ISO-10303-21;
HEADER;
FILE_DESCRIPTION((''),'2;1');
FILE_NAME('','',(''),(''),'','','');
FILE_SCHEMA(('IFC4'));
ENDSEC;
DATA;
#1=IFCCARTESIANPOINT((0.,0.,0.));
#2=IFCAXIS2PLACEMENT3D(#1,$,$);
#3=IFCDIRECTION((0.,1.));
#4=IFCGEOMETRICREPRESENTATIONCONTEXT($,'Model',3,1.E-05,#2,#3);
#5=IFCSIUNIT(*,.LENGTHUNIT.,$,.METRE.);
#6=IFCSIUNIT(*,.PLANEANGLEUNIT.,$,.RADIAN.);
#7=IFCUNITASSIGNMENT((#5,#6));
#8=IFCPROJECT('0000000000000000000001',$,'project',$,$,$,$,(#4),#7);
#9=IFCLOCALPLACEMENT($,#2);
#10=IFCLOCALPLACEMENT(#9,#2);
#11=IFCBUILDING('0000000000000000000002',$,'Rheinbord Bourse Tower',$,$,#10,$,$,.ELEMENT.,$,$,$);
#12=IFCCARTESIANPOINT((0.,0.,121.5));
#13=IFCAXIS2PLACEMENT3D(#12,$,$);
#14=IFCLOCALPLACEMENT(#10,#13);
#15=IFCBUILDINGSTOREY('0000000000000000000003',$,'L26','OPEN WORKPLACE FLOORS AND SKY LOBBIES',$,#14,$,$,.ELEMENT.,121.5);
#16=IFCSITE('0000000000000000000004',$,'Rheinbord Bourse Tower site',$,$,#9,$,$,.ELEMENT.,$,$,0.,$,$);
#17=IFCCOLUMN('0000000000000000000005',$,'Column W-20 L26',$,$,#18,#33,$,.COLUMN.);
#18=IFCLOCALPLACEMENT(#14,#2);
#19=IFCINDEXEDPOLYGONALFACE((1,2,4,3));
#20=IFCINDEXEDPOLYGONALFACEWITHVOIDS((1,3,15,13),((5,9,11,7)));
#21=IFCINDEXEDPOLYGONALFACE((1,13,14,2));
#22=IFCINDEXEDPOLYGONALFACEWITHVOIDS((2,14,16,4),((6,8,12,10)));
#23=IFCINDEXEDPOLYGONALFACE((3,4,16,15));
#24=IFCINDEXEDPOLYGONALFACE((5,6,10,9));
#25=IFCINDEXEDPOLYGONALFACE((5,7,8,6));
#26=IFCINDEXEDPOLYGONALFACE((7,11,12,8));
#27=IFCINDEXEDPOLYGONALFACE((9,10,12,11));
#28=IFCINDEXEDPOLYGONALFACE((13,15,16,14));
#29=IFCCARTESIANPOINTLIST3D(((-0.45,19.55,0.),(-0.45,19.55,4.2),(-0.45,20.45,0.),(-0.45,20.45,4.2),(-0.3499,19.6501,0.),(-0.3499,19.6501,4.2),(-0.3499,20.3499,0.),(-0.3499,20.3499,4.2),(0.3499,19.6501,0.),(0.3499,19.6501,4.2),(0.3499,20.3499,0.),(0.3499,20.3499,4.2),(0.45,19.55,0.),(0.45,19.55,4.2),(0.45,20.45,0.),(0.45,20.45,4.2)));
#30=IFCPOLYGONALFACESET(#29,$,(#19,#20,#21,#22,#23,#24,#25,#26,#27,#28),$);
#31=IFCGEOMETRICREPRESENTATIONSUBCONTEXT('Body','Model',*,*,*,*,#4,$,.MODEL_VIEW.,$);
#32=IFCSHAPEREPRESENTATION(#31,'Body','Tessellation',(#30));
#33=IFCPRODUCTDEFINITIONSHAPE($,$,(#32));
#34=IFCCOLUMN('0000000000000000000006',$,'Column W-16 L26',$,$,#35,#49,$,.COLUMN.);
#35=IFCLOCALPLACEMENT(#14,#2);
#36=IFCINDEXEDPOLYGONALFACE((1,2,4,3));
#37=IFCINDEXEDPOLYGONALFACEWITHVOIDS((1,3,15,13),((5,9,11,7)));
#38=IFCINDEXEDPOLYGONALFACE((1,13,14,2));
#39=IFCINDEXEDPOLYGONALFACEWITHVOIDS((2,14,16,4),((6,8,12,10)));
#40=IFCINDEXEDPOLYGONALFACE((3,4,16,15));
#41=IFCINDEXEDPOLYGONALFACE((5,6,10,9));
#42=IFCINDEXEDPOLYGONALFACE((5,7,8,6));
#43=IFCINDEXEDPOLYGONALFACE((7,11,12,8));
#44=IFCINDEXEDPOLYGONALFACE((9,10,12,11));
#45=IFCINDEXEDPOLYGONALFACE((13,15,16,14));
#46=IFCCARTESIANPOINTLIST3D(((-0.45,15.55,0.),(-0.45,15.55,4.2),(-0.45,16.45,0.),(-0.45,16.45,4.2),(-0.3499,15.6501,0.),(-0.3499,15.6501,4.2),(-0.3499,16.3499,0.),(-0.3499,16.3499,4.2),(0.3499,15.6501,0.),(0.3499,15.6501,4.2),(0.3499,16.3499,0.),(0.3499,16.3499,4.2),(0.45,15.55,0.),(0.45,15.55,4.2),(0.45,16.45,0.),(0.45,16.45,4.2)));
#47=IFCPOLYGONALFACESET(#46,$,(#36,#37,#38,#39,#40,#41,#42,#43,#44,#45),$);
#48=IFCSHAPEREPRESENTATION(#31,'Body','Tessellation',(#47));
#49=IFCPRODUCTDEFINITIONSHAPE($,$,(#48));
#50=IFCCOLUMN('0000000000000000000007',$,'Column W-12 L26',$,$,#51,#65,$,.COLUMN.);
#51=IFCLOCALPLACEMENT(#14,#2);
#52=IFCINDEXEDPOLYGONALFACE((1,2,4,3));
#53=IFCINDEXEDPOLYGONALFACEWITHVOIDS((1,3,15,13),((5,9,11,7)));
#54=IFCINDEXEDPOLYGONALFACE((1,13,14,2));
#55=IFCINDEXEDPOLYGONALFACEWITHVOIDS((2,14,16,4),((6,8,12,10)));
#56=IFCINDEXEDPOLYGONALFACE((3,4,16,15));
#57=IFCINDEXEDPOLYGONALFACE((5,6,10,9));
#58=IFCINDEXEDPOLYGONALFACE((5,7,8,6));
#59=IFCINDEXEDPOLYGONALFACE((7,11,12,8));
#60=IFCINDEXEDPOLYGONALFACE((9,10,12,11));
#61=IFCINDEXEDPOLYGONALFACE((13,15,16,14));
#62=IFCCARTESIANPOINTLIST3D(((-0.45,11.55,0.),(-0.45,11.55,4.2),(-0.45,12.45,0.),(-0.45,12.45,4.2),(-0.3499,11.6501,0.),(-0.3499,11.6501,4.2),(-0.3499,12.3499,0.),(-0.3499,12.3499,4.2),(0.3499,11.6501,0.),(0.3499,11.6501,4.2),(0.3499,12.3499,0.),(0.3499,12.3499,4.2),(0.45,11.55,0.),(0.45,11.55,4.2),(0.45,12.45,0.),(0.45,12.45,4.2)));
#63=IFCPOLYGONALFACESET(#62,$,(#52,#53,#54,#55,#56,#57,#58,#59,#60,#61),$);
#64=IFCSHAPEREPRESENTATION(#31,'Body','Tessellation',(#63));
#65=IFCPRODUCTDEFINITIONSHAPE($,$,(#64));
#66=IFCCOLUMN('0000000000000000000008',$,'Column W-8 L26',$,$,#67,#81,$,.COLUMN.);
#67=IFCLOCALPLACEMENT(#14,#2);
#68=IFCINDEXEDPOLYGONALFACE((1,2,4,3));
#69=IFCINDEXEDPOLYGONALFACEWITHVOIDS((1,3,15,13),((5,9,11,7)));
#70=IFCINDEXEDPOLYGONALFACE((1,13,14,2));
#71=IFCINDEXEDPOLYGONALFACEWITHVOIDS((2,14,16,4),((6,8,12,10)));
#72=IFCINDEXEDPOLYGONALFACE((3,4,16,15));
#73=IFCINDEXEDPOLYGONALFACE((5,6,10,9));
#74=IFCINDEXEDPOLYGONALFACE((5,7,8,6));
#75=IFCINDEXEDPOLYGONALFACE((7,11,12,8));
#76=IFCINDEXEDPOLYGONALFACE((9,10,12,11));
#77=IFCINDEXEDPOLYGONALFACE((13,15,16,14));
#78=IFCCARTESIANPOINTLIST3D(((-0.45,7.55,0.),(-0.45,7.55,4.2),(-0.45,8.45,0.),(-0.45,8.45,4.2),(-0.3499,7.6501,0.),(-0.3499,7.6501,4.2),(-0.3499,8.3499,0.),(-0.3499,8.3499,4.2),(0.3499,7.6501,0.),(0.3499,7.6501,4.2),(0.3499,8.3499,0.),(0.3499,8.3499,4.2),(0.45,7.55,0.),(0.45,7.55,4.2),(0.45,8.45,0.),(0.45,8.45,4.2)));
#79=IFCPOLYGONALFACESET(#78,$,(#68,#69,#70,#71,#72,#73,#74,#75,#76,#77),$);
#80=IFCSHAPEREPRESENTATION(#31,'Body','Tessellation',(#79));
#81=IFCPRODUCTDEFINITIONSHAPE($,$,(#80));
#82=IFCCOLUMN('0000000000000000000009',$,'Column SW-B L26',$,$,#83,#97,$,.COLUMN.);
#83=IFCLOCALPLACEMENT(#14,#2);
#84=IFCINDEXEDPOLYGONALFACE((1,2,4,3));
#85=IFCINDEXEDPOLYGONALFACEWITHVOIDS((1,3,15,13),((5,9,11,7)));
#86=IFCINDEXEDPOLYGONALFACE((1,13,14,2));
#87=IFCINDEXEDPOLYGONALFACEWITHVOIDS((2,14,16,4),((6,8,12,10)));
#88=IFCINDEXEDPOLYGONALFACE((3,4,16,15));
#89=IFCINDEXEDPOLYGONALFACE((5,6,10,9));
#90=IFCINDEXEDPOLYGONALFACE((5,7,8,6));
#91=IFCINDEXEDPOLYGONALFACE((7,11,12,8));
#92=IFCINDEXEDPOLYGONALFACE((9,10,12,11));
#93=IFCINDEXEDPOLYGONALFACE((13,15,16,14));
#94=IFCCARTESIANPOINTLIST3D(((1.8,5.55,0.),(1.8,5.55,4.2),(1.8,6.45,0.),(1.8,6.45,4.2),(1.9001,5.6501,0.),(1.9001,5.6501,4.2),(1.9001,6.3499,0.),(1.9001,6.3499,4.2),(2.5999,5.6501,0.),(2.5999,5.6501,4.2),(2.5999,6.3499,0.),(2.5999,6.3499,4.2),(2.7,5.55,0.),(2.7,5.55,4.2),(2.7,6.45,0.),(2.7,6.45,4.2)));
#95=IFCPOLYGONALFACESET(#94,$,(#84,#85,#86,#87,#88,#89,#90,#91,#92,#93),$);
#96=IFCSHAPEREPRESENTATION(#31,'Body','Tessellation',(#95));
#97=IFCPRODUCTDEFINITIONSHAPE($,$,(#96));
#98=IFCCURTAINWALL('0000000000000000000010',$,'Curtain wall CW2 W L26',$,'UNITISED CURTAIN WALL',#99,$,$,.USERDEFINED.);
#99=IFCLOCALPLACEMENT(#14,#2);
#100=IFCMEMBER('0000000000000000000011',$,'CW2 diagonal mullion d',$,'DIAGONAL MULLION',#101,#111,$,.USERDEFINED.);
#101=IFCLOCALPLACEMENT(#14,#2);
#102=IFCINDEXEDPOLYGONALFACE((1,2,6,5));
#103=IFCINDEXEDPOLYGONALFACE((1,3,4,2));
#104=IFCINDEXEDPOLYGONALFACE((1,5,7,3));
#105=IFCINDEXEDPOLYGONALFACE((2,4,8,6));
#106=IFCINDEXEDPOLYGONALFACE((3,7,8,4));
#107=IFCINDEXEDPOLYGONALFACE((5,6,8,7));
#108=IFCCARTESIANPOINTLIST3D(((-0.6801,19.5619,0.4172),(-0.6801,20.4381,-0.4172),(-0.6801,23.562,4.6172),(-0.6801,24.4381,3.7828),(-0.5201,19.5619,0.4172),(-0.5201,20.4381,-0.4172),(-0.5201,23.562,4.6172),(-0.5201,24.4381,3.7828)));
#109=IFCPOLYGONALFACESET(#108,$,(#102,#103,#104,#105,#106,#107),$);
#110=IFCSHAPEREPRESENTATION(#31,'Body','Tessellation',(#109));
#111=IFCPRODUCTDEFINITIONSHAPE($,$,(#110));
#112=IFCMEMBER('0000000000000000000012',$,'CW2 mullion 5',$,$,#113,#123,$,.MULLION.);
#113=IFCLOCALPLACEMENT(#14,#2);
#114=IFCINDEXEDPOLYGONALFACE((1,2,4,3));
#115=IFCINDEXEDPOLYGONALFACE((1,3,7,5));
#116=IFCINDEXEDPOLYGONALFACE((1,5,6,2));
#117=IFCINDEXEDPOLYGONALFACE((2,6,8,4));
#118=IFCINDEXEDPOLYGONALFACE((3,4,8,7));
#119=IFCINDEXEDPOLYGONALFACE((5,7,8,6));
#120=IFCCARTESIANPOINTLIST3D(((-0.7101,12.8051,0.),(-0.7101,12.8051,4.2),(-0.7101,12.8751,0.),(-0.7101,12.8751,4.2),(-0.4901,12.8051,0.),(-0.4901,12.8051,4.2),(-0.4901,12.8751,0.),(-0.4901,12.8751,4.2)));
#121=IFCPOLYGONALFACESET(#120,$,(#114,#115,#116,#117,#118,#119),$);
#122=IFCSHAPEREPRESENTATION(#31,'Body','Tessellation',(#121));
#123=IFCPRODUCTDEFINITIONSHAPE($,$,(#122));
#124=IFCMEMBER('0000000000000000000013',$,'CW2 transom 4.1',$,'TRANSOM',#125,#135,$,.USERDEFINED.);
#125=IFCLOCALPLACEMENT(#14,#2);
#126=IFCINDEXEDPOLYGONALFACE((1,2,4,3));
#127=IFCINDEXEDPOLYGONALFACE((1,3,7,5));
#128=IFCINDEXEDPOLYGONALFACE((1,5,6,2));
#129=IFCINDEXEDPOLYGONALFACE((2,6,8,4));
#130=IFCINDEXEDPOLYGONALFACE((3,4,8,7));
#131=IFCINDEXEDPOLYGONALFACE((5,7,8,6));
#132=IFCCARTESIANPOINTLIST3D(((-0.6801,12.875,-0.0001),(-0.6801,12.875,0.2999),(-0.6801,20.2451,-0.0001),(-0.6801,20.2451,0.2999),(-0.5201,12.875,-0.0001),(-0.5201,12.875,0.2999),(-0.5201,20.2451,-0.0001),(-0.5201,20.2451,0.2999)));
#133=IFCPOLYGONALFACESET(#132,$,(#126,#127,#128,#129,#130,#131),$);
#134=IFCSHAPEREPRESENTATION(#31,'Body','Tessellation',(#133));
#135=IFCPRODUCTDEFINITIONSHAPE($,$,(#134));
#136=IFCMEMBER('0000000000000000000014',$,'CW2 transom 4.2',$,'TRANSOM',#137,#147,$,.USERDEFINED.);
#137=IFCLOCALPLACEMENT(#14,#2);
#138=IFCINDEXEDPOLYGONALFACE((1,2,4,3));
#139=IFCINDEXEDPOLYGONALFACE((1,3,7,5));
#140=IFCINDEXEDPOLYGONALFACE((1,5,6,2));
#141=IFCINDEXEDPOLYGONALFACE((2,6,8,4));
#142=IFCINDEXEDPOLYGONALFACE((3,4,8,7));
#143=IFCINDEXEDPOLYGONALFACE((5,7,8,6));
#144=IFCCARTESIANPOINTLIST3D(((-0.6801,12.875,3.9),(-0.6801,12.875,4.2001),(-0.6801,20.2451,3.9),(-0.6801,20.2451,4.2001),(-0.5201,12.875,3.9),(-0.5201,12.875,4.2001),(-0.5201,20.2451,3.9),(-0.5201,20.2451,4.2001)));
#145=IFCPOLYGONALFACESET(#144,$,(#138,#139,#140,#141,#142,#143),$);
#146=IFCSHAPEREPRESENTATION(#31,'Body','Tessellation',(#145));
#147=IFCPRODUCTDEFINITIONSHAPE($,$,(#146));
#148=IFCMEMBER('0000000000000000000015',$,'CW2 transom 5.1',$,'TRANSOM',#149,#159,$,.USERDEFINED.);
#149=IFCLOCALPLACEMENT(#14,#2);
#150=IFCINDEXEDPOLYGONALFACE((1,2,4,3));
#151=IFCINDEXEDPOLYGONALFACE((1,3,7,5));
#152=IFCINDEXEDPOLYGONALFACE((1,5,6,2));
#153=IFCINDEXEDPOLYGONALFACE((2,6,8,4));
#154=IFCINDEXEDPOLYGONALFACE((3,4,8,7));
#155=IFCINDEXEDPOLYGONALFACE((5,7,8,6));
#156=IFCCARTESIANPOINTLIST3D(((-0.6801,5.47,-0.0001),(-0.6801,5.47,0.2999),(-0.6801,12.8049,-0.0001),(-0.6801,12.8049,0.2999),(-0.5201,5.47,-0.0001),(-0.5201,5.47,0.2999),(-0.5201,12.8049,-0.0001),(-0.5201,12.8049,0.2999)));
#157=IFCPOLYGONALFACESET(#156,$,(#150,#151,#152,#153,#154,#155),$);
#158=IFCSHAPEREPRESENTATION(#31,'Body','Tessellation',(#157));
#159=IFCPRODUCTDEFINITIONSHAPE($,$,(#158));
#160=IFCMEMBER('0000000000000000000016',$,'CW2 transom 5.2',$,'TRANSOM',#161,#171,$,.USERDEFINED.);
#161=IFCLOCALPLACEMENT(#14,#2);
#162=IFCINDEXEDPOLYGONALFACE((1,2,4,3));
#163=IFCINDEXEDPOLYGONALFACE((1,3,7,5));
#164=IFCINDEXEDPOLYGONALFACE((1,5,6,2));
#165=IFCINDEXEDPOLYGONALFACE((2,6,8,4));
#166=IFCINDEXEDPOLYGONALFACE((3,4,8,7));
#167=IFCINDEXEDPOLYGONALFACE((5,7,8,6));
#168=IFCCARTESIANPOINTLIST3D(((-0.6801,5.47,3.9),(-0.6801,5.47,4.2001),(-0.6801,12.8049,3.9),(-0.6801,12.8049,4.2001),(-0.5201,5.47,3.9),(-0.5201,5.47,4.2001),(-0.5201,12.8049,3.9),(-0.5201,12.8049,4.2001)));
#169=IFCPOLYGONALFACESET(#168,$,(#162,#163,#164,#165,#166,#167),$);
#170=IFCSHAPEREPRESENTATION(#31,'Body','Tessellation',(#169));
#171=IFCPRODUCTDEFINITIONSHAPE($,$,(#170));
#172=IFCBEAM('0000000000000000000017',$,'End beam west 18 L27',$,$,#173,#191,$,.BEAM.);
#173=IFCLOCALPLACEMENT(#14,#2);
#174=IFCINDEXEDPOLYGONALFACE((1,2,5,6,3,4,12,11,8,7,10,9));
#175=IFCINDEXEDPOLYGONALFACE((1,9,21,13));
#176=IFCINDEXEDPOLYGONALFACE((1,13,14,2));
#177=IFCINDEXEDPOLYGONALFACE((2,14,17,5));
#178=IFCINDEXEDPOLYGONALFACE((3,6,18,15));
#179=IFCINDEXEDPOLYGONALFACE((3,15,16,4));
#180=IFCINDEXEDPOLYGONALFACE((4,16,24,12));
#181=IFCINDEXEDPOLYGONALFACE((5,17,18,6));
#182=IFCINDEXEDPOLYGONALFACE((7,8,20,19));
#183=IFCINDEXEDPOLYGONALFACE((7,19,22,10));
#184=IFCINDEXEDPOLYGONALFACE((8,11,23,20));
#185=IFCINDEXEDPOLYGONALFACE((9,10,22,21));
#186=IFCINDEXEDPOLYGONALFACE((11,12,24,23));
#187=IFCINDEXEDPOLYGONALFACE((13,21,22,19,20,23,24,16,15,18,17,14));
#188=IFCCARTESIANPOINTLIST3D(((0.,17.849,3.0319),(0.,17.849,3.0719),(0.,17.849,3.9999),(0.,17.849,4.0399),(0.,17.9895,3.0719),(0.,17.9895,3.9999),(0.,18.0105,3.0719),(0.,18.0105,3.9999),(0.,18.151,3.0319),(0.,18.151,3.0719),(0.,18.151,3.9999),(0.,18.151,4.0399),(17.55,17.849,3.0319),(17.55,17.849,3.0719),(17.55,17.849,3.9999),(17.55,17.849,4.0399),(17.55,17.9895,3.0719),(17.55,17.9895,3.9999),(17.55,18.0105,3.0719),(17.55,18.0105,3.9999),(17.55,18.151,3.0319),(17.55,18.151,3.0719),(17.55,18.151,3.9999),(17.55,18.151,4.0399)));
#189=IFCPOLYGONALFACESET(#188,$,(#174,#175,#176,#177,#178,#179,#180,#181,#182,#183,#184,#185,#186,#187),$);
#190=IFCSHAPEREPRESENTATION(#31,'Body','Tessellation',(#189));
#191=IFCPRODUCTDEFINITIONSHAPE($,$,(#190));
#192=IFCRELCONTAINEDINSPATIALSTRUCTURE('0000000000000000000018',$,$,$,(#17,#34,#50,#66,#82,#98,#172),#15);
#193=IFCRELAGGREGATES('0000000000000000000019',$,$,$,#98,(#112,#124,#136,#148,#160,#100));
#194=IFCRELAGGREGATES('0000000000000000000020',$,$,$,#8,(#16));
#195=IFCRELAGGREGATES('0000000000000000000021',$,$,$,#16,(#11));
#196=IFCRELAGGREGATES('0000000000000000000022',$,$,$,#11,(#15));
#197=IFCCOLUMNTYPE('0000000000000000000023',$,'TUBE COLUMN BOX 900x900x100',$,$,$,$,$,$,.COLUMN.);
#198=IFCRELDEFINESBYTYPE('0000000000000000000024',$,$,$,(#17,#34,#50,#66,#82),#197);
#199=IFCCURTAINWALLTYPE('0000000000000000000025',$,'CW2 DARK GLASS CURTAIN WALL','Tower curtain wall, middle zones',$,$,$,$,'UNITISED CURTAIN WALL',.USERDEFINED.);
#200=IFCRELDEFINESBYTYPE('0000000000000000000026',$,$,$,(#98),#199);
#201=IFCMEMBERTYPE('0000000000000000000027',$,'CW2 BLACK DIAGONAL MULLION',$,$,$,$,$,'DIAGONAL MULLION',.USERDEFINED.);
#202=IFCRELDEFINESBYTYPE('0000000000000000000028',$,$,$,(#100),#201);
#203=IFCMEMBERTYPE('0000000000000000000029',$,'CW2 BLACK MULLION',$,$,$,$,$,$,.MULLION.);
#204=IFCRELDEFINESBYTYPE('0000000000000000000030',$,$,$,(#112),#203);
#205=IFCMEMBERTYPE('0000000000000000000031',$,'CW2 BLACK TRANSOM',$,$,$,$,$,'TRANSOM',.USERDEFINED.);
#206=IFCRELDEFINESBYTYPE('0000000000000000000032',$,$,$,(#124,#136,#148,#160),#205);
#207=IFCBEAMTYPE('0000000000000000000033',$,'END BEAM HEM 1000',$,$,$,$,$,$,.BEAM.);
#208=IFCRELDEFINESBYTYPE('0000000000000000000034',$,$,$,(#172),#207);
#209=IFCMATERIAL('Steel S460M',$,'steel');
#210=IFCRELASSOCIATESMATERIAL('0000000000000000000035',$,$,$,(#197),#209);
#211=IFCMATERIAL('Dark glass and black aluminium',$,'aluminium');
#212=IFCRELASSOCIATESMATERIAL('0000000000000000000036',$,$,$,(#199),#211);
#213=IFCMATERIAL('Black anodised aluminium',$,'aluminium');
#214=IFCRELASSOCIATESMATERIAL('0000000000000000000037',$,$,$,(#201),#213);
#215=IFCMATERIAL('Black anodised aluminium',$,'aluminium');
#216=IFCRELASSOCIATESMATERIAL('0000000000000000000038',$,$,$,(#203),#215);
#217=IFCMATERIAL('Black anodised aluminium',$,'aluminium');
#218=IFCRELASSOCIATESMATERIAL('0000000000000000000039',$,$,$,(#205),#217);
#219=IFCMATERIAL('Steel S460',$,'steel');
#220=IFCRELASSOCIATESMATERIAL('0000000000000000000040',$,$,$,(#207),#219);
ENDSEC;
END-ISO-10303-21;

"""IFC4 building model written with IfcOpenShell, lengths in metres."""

from ifc_helpers import new_model, si_unit, direction, frame, origin, origin_2d, place, context, subcontext, project, spatial, rectangle, hollow_rectangle, i_section, extrude, material, material_profile, profile_set, type_object, element, aggregate, save


model = new_model("IFC4")

# Units and contexts
model_context = context("Model", 3, precision=1e-05, world=origin(), true_north=direction((0.0, 1.0)))
body_context = subcontext(model_context, "Body", "Model", "MODEL_VIEW")
ifc_project = project(units=[si_unit("LENGTHUNIT", "METRE"), si_unit("PLANEANGLEUNIT", "RADIAN")], contexts=[model_context])

# Site, building, storey
site_placement = place(None, origin())
site = spatial("IfcSite", under=ifc_project, at=site_placement, Name="Rheinbord Bourse Tower site", CompositionType="ELEMENT", RefElevation=0.0)
building_placement = place(site_placement, origin())
building = spatial("IfcBuilding", under=site, at=building_placement, Name="Rheinbord Bourse Tower", CompositionType="ELEMENT")
storey_placement = place(building_placement, frame((0.0, 0.0, 121.5)))
storey = spatial("IfcBuildingStorey", under=building, at=storey_placement, Name="L26", Description="OPEN WORKPLACE FLOORS AND SKY LOBBIES", CompositionType="ELEMENT", Elevation=121.5)

# Columns
ifc_material_1 = material(Name="Steel S460M", Category="steel")
ifc_material_profile_1 = material_profile(ifc_material_1, hollow_rectangle(XDim=0.8999, YDim=0.8999, WallThickness=0.1001, at=origin_2d()), Name="BOX 900x900x100")
ifc_profile_set_1 = profile_set([ifc_material_profile_1], Name="Steel S460M")
column_type = type_object("IfcColumnType", Name="TUBE COLUMN BOX 900x900x100", PredefinedType="COLUMN", material=ifc_profile_set_1)
for number, where, z_axis, x_axis, name in (
    (1, (0.0, 20.0, 0.0), (0.0, 0.0, 1.0), (1.0, 0.0, 0.0), "Column W-20 L26"),
    (2, (0.0, 16.0, 0.0), (0.0, 0.0, 1.0), (1.0, 0.0, 0.0), "Column W-16 L26"),
    (3, (0.0, 12.0, 0.0), (0.0, 0.0, 1.0), (1.0, 0.0, 0.0), "Column W-12 L26"),
    (4, (0.0, 8.0, 0.0), (0.0, 0.0, 1.0), (1.0, 0.0, 0.0), "Column W-8 L26"),
    (5, (2.25, 6.0, 0.0), (0.0, 0.0, 1.0), (1.0, 0.0, 0.0), "Column SW-B L26"),
):
    element("IfcColumn", number, at=place(storey_placement, frame(where, z_axis=z_axis, x_axis=x_axis)), inside=storey, type_object=column_type, Name=name, PredefinedType="COLUMN", context=body_context, shape_type="SweptSolid", body=[
        extrude(hollow_rectangle(XDim=0.8999, YDim=0.8999, WallThickness=0.1001, at=origin_2d()), origin(), (0.0, 0.0, 1.0), 4.2),
    ])

# Curtain wall, members
ifc_material_2 = material(Name="Dark glass and black aluminium", Category="aluminium")
curtain_wall_type = type_object("IfcCurtainWallType", Name="CW2 DARK GLASS CURTAIN WALL", Description="Tower curtain wall, middle zones", ElementType="UNITISED CURTAIN WALL", PredefinedType="USERDEFINED", material=ifc_material_2)
curtain_wall_placement = place(storey_placement, origin())
curtain_wall = element("IfcCurtainWall", 6, at=curtain_wall_placement, inside=storey, type_object=curtain_wall_type, Name="Curtain wall CW2 W L26", ObjectType="UNITISED CURTAIN WALL", PredefinedType="USERDEFINED")
ifc_material_3 = material(Name="Black anodised aluminium", Category="aluminium")
ifc_material_profile_2 = material_profile(ifc_material_3, rectangle(XDim=0.1599, YDim=1.21, at=origin_2d()), Name="CW2 DIAGONAL MULLION 1210x160")
ifc_profile_set_2 = profile_set([ifc_material_profile_2], Name="Black anodised aluminium")
member_type_1 = type_object("IfcMemberType", Name="CW2 BLACK DIAGONAL MULLION", ElementType="DIAGONAL MULLION", PredefinedType="USERDEFINED", material=ifc_profile_set_2)
member_1_placement = place(storey_placement, frame((-0.6001, 20.0, 0.0), z_axis=(0.0, 0.689659, 0.724134), x_axis=(-1.0, 0.0, 0.0)))
member_1 = element("IfcMember", 7, at=member_1_placement, type_object=member_type_1, Name="CW2 diagonal mullion d", ObjectType="DIAGONAL MULLION", PredefinedType="USERDEFINED", context=body_context, shape_type="SweptSolid", body=[
    extrude(rectangle(XDim=0.1599, YDim=1.21, at=origin_2d()), origin(), (0.0, 0.0, 1.0), 5.8),
])
ifc_material_4 = material(Name="Black anodised aluminium", Category="aluminium")
ifc_material_profile_3 = material_profile(ifc_material_4, rectangle(XDim=0.22, YDim=0.0701, at=origin_2d()), Name="CW2 MULLION 70x220")
ifc_profile_set_3 = profile_set([ifc_material_profile_3], Name="Black anodised aluminium")
member_type_2 = type_object("IfcMemberType", Name="CW2 BLACK MULLION", PredefinedType="MULLION", material=ifc_profile_set_3)
member_2_placement = place(storey_placement, frame((-0.6001, 12.8401, 0.0), z_axis=(0.0, 0.0, 1.0), x_axis=(1.0, 0.0, 0.0)))
member_2 = element("IfcMember", 8, at=member_2_placement, type_object=member_type_2, Name="CW2 mullion 5", PredefinedType="MULLION", context=body_context, shape_type="SweptSolid", body=[
    extrude(rectangle(XDim=0.22, YDim=0.0701, at=origin_2d()), origin(), (0.0, 0.0, 1.0), 4.2),
])
ifc_material_5 = material(Name="Black anodised aluminium", Category="aluminium")
ifc_material_profile_4 = material_profile(ifc_material_5, rectangle(XDim=0.1599, YDim=0.3, at=origin_2d()), Name="CW2 TRANSOM 300x160")
ifc_profile_set_4 = profile_set([ifc_material_profile_4], Name="Black anodised aluminium")
member_type_3 = type_object("IfcMemberType", Name="CW2 BLACK TRANSOM", ElementType="TRANSOM", PredefinedType="USERDEFINED", material=ifc_profile_set_4)
member_3_placement = place(storey_placement, frame((-0.6001, 20.2451, 0.1499), z_axis=(0.0, -1.0, 0.0), x_axis=(1.0, 0.0, 0.0)))
member_3 = element("IfcMember", 9, at=member_3_placement, type_object=member_type_3, Name="CW2 transom 4.1", ObjectType="TRANSOM", PredefinedType="USERDEFINED", context=body_context, shape_type="SweptSolid", body=[
    extrude(rectangle(XDim=0.1599, YDim=0.3, at=origin_2d()), origin(), (0.0, 0.0, 1.0), 7.3701),
])
member_4_placement = place(storey_placement, frame((-0.6001, 20.2451, 4.05), z_axis=(0.0, -1.0, 0.0), x_axis=(1.0, 0.0, 0.0)))
member_4 = element("IfcMember", 10, at=member_4_placement, type_object=member_type_3, Name="CW2 transom 4.2", ObjectType="TRANSOM", PredefinedType="USERDEFINED", context=body_context, shape_type="SweptSolid", body=[
    extrude(rectangle(XDim=0.1599, YDim=0.3, at=origin_2d()), origin(), (0.0, 0.0, 1.0), 7.3701),
])
member_5_placement = place(storey_placement, frame((-0.6001, 12.8049, 0.1499), z_axis=(0.0, -1.0, 0.0), x_axis=(1.0, 0.0, 0.0)))
member_5 = element("IfcMember", 11, at=member_5_placement, type_object=member_type_3, Name="CW2 transom 5.1", ObjectType="TRANSOM", PredefinedType="USERDEFINED", context=body_context, shape_type="SweptSolid", body=[
    extrude(rectangle(XDim=0.1599, YDim=0.3, at=origin_2d()), origin(), (0.0, 0.0, 1.0), 7.335),
])
member_6_placement = place(storey_placement, frame((-0.6001, 12.8049, 4.05), z_axis=(0.0, -1.0, 0.0), x_axis=(1.0, 0.0, 0.0)))
member_6 = element("IfcMember", 12, at=member_6_placement, type_object=member_type_3, Name="CW2 transom 5.2", ObjectType="TRANSOM", PredefinedType="USERDEFINED", context=body_context, shape_type="SweptSolid", body=[
    extrude(rectangle(XDim=0.1599, YDim=0.3, at=origin_2d()), origin(), (0.0, 0.0, 1.0), 7.335),
])

# Beam
ifc_material_6 = material(Name="Steel S460", Category="steel")
ifc_material_profile_5 = material_profile(ifc_material_6, i_section(OverallWidth=0.302, OverallDepth=1.0081, WebThickness=0.021, FlangeThickness=0.04, at=origin_2d()), Name="HEM 1000")
ifc_profile_set_5 = profile_set([ifc_material_profile_5], Name="Steel S460")
beam_type_1 = type_object("IfcBeamType", Name="END BEAM HEM 1000", PredefinedType="BEAM", material=ifc_profile_set_5)
beam_1_placement = place(storey_placement, frame((0.0, 18.0, 3.5359), z_axis=(1.0, 0.0, 0.0), x_axis=(0.0, 1.0, 0.0)))
element("IfcBeam", 13, at=beam_1_placement, inside=storey, type_object=beam_type_1, Name="End beam west 18 L27", PredefinedType="BEAM", context=body_context, shape_type="SweptSolid", body=[
    extrude(i_section(OverallWidth=0.302, OverallDepth=1.0081, WebThickness=0.021, FlangeThickness=0.04, at=origin_2d()), origin(), (0.0, 0.0, 1.0), 17.55),
])

aggregate(curtain_wall, [member_2, member_3, member_4, member_5, member_6, member_1])

save(model, "model.ifc")
